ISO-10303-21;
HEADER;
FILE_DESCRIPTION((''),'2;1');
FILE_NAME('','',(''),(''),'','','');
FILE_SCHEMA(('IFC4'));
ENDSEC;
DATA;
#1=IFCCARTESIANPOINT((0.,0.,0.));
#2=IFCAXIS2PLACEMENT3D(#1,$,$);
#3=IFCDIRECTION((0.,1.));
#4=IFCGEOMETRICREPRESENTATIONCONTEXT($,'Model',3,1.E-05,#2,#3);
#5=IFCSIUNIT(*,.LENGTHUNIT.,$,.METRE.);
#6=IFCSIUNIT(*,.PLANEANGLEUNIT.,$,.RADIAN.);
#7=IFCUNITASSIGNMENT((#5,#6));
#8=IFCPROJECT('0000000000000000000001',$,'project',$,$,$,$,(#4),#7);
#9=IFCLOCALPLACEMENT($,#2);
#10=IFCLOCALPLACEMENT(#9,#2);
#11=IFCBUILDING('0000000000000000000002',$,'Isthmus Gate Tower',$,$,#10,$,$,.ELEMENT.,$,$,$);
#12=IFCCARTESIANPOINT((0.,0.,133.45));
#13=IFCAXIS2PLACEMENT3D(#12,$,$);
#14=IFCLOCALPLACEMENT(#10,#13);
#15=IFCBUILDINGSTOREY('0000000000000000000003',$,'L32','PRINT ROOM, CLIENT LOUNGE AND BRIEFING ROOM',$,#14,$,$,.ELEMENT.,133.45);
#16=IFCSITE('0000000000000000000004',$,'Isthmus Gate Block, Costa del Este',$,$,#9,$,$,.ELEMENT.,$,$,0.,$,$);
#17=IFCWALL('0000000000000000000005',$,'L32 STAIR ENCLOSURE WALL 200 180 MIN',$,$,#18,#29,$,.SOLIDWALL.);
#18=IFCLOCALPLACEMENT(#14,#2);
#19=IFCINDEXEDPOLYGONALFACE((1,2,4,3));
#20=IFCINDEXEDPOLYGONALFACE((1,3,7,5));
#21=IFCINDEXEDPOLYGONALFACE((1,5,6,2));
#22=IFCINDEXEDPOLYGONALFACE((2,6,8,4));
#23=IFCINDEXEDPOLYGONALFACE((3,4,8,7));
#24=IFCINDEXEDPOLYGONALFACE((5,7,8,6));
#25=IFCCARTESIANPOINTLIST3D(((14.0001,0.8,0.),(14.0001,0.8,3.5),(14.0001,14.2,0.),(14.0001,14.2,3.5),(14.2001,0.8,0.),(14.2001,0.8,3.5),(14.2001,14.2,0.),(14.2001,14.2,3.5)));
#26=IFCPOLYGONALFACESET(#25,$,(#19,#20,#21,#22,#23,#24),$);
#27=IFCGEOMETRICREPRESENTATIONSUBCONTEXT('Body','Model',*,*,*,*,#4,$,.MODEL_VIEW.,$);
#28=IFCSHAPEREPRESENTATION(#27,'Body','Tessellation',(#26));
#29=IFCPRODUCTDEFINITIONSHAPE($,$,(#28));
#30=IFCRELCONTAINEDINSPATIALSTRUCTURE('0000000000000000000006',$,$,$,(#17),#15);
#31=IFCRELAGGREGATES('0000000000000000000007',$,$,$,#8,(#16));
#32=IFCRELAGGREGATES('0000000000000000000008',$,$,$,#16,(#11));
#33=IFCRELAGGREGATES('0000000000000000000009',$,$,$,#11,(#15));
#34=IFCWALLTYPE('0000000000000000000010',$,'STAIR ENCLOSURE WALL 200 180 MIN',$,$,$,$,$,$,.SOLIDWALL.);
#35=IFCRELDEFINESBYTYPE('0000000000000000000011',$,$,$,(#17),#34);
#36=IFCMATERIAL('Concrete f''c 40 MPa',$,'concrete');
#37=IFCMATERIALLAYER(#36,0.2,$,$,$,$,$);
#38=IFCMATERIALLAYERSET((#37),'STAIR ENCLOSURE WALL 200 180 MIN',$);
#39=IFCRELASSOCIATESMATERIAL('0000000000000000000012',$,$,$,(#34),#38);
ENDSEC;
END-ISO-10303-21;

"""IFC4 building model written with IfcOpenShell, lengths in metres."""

from ifc_helpers import new_model, si_unit, direction, frame, frame_2d, origin, place, context, subcontext, project, spatial, rectangle, extrude, material, layer, layer_set, type_object, element, save


model = new_model("IFC4")

# Units and contexts
model_context = context("Model", 3, precision=1e-05, world=origin(), true_north=direction((0.0, 1.0)))
body_context = subcontext(model_context, "Body", "Model", "MODEL_VIEW")
ifc_project = project(units=[si_unit("LENGTHUNIT", "METRE"), si_unit("PLANEANGLEUNIT", "RADIAN")], contexts=[model_context])

# Site, building, storey
site_placement = place(None, origin())
site = spatial("IfcSite", under=ifc_project, at=site_placement, Name="Isthmus Gate Block, Costa del Este", CompositionType="ELEMENT", RefElevation=0.0)
building_placement = place(site_placement, origin())
building = spatial("IfcBuilding", under=site, at=building_placement, Name="Isthmus Gate Tower", CompositionType="ELEMENT")
storey_placement = place(building_placement, frame((0.0, 0.0, 133.45)))
storey = spatial("IfcBuildingStorey", under=building, at=storey_placement, Name="L32", Description="PRINT ROOM, CLIENT LOUNGE AND BRIEFING ROOM", CompositionType="ELEMENT", Elevation=133.45)

# Wall
ifc_material_1 = material(Name="Concrete f'c 40 MPa", Category="concrete")
ifc_layer_1 = layer(ifc_material_1, 0.2)
ifc_layer_set_1 = layer_set([ifc_layer_1], Name="STAIR ENCLOSURE WALL 200 180 MIN")
wall_type_1 = type_object("IfcWallType", Name="STAIR ENCLOSURE WALL 200 180 MIN", PredefinedType="SOLIDWALL", material=ifc_layer_set_1)
wall_1_placement = place(storey_placement, frame((14.1001, 0.8, 0.0), z_axis=(0.0, 0.0, 1.0), x_axis=(0.0, 1.0, 0.0)))
element("IfcWall", 1, at=wall_1_placement, inside=storey, type_object=wall_type_1, Name="L32 STAIR ENCLOSURE WALL 200 180 MIN", PredefinedType="SOLIDWALL", context=body_context, shape_type="SweptSolid", body=[
    extrude(rectangle(XDim=13.3999, YDim=0.2, at=frame_2d((6.7, 0.0))), origin(), (0.0, 0.0, 1.0), 3.5),
])

save(model, "model.ifc")
